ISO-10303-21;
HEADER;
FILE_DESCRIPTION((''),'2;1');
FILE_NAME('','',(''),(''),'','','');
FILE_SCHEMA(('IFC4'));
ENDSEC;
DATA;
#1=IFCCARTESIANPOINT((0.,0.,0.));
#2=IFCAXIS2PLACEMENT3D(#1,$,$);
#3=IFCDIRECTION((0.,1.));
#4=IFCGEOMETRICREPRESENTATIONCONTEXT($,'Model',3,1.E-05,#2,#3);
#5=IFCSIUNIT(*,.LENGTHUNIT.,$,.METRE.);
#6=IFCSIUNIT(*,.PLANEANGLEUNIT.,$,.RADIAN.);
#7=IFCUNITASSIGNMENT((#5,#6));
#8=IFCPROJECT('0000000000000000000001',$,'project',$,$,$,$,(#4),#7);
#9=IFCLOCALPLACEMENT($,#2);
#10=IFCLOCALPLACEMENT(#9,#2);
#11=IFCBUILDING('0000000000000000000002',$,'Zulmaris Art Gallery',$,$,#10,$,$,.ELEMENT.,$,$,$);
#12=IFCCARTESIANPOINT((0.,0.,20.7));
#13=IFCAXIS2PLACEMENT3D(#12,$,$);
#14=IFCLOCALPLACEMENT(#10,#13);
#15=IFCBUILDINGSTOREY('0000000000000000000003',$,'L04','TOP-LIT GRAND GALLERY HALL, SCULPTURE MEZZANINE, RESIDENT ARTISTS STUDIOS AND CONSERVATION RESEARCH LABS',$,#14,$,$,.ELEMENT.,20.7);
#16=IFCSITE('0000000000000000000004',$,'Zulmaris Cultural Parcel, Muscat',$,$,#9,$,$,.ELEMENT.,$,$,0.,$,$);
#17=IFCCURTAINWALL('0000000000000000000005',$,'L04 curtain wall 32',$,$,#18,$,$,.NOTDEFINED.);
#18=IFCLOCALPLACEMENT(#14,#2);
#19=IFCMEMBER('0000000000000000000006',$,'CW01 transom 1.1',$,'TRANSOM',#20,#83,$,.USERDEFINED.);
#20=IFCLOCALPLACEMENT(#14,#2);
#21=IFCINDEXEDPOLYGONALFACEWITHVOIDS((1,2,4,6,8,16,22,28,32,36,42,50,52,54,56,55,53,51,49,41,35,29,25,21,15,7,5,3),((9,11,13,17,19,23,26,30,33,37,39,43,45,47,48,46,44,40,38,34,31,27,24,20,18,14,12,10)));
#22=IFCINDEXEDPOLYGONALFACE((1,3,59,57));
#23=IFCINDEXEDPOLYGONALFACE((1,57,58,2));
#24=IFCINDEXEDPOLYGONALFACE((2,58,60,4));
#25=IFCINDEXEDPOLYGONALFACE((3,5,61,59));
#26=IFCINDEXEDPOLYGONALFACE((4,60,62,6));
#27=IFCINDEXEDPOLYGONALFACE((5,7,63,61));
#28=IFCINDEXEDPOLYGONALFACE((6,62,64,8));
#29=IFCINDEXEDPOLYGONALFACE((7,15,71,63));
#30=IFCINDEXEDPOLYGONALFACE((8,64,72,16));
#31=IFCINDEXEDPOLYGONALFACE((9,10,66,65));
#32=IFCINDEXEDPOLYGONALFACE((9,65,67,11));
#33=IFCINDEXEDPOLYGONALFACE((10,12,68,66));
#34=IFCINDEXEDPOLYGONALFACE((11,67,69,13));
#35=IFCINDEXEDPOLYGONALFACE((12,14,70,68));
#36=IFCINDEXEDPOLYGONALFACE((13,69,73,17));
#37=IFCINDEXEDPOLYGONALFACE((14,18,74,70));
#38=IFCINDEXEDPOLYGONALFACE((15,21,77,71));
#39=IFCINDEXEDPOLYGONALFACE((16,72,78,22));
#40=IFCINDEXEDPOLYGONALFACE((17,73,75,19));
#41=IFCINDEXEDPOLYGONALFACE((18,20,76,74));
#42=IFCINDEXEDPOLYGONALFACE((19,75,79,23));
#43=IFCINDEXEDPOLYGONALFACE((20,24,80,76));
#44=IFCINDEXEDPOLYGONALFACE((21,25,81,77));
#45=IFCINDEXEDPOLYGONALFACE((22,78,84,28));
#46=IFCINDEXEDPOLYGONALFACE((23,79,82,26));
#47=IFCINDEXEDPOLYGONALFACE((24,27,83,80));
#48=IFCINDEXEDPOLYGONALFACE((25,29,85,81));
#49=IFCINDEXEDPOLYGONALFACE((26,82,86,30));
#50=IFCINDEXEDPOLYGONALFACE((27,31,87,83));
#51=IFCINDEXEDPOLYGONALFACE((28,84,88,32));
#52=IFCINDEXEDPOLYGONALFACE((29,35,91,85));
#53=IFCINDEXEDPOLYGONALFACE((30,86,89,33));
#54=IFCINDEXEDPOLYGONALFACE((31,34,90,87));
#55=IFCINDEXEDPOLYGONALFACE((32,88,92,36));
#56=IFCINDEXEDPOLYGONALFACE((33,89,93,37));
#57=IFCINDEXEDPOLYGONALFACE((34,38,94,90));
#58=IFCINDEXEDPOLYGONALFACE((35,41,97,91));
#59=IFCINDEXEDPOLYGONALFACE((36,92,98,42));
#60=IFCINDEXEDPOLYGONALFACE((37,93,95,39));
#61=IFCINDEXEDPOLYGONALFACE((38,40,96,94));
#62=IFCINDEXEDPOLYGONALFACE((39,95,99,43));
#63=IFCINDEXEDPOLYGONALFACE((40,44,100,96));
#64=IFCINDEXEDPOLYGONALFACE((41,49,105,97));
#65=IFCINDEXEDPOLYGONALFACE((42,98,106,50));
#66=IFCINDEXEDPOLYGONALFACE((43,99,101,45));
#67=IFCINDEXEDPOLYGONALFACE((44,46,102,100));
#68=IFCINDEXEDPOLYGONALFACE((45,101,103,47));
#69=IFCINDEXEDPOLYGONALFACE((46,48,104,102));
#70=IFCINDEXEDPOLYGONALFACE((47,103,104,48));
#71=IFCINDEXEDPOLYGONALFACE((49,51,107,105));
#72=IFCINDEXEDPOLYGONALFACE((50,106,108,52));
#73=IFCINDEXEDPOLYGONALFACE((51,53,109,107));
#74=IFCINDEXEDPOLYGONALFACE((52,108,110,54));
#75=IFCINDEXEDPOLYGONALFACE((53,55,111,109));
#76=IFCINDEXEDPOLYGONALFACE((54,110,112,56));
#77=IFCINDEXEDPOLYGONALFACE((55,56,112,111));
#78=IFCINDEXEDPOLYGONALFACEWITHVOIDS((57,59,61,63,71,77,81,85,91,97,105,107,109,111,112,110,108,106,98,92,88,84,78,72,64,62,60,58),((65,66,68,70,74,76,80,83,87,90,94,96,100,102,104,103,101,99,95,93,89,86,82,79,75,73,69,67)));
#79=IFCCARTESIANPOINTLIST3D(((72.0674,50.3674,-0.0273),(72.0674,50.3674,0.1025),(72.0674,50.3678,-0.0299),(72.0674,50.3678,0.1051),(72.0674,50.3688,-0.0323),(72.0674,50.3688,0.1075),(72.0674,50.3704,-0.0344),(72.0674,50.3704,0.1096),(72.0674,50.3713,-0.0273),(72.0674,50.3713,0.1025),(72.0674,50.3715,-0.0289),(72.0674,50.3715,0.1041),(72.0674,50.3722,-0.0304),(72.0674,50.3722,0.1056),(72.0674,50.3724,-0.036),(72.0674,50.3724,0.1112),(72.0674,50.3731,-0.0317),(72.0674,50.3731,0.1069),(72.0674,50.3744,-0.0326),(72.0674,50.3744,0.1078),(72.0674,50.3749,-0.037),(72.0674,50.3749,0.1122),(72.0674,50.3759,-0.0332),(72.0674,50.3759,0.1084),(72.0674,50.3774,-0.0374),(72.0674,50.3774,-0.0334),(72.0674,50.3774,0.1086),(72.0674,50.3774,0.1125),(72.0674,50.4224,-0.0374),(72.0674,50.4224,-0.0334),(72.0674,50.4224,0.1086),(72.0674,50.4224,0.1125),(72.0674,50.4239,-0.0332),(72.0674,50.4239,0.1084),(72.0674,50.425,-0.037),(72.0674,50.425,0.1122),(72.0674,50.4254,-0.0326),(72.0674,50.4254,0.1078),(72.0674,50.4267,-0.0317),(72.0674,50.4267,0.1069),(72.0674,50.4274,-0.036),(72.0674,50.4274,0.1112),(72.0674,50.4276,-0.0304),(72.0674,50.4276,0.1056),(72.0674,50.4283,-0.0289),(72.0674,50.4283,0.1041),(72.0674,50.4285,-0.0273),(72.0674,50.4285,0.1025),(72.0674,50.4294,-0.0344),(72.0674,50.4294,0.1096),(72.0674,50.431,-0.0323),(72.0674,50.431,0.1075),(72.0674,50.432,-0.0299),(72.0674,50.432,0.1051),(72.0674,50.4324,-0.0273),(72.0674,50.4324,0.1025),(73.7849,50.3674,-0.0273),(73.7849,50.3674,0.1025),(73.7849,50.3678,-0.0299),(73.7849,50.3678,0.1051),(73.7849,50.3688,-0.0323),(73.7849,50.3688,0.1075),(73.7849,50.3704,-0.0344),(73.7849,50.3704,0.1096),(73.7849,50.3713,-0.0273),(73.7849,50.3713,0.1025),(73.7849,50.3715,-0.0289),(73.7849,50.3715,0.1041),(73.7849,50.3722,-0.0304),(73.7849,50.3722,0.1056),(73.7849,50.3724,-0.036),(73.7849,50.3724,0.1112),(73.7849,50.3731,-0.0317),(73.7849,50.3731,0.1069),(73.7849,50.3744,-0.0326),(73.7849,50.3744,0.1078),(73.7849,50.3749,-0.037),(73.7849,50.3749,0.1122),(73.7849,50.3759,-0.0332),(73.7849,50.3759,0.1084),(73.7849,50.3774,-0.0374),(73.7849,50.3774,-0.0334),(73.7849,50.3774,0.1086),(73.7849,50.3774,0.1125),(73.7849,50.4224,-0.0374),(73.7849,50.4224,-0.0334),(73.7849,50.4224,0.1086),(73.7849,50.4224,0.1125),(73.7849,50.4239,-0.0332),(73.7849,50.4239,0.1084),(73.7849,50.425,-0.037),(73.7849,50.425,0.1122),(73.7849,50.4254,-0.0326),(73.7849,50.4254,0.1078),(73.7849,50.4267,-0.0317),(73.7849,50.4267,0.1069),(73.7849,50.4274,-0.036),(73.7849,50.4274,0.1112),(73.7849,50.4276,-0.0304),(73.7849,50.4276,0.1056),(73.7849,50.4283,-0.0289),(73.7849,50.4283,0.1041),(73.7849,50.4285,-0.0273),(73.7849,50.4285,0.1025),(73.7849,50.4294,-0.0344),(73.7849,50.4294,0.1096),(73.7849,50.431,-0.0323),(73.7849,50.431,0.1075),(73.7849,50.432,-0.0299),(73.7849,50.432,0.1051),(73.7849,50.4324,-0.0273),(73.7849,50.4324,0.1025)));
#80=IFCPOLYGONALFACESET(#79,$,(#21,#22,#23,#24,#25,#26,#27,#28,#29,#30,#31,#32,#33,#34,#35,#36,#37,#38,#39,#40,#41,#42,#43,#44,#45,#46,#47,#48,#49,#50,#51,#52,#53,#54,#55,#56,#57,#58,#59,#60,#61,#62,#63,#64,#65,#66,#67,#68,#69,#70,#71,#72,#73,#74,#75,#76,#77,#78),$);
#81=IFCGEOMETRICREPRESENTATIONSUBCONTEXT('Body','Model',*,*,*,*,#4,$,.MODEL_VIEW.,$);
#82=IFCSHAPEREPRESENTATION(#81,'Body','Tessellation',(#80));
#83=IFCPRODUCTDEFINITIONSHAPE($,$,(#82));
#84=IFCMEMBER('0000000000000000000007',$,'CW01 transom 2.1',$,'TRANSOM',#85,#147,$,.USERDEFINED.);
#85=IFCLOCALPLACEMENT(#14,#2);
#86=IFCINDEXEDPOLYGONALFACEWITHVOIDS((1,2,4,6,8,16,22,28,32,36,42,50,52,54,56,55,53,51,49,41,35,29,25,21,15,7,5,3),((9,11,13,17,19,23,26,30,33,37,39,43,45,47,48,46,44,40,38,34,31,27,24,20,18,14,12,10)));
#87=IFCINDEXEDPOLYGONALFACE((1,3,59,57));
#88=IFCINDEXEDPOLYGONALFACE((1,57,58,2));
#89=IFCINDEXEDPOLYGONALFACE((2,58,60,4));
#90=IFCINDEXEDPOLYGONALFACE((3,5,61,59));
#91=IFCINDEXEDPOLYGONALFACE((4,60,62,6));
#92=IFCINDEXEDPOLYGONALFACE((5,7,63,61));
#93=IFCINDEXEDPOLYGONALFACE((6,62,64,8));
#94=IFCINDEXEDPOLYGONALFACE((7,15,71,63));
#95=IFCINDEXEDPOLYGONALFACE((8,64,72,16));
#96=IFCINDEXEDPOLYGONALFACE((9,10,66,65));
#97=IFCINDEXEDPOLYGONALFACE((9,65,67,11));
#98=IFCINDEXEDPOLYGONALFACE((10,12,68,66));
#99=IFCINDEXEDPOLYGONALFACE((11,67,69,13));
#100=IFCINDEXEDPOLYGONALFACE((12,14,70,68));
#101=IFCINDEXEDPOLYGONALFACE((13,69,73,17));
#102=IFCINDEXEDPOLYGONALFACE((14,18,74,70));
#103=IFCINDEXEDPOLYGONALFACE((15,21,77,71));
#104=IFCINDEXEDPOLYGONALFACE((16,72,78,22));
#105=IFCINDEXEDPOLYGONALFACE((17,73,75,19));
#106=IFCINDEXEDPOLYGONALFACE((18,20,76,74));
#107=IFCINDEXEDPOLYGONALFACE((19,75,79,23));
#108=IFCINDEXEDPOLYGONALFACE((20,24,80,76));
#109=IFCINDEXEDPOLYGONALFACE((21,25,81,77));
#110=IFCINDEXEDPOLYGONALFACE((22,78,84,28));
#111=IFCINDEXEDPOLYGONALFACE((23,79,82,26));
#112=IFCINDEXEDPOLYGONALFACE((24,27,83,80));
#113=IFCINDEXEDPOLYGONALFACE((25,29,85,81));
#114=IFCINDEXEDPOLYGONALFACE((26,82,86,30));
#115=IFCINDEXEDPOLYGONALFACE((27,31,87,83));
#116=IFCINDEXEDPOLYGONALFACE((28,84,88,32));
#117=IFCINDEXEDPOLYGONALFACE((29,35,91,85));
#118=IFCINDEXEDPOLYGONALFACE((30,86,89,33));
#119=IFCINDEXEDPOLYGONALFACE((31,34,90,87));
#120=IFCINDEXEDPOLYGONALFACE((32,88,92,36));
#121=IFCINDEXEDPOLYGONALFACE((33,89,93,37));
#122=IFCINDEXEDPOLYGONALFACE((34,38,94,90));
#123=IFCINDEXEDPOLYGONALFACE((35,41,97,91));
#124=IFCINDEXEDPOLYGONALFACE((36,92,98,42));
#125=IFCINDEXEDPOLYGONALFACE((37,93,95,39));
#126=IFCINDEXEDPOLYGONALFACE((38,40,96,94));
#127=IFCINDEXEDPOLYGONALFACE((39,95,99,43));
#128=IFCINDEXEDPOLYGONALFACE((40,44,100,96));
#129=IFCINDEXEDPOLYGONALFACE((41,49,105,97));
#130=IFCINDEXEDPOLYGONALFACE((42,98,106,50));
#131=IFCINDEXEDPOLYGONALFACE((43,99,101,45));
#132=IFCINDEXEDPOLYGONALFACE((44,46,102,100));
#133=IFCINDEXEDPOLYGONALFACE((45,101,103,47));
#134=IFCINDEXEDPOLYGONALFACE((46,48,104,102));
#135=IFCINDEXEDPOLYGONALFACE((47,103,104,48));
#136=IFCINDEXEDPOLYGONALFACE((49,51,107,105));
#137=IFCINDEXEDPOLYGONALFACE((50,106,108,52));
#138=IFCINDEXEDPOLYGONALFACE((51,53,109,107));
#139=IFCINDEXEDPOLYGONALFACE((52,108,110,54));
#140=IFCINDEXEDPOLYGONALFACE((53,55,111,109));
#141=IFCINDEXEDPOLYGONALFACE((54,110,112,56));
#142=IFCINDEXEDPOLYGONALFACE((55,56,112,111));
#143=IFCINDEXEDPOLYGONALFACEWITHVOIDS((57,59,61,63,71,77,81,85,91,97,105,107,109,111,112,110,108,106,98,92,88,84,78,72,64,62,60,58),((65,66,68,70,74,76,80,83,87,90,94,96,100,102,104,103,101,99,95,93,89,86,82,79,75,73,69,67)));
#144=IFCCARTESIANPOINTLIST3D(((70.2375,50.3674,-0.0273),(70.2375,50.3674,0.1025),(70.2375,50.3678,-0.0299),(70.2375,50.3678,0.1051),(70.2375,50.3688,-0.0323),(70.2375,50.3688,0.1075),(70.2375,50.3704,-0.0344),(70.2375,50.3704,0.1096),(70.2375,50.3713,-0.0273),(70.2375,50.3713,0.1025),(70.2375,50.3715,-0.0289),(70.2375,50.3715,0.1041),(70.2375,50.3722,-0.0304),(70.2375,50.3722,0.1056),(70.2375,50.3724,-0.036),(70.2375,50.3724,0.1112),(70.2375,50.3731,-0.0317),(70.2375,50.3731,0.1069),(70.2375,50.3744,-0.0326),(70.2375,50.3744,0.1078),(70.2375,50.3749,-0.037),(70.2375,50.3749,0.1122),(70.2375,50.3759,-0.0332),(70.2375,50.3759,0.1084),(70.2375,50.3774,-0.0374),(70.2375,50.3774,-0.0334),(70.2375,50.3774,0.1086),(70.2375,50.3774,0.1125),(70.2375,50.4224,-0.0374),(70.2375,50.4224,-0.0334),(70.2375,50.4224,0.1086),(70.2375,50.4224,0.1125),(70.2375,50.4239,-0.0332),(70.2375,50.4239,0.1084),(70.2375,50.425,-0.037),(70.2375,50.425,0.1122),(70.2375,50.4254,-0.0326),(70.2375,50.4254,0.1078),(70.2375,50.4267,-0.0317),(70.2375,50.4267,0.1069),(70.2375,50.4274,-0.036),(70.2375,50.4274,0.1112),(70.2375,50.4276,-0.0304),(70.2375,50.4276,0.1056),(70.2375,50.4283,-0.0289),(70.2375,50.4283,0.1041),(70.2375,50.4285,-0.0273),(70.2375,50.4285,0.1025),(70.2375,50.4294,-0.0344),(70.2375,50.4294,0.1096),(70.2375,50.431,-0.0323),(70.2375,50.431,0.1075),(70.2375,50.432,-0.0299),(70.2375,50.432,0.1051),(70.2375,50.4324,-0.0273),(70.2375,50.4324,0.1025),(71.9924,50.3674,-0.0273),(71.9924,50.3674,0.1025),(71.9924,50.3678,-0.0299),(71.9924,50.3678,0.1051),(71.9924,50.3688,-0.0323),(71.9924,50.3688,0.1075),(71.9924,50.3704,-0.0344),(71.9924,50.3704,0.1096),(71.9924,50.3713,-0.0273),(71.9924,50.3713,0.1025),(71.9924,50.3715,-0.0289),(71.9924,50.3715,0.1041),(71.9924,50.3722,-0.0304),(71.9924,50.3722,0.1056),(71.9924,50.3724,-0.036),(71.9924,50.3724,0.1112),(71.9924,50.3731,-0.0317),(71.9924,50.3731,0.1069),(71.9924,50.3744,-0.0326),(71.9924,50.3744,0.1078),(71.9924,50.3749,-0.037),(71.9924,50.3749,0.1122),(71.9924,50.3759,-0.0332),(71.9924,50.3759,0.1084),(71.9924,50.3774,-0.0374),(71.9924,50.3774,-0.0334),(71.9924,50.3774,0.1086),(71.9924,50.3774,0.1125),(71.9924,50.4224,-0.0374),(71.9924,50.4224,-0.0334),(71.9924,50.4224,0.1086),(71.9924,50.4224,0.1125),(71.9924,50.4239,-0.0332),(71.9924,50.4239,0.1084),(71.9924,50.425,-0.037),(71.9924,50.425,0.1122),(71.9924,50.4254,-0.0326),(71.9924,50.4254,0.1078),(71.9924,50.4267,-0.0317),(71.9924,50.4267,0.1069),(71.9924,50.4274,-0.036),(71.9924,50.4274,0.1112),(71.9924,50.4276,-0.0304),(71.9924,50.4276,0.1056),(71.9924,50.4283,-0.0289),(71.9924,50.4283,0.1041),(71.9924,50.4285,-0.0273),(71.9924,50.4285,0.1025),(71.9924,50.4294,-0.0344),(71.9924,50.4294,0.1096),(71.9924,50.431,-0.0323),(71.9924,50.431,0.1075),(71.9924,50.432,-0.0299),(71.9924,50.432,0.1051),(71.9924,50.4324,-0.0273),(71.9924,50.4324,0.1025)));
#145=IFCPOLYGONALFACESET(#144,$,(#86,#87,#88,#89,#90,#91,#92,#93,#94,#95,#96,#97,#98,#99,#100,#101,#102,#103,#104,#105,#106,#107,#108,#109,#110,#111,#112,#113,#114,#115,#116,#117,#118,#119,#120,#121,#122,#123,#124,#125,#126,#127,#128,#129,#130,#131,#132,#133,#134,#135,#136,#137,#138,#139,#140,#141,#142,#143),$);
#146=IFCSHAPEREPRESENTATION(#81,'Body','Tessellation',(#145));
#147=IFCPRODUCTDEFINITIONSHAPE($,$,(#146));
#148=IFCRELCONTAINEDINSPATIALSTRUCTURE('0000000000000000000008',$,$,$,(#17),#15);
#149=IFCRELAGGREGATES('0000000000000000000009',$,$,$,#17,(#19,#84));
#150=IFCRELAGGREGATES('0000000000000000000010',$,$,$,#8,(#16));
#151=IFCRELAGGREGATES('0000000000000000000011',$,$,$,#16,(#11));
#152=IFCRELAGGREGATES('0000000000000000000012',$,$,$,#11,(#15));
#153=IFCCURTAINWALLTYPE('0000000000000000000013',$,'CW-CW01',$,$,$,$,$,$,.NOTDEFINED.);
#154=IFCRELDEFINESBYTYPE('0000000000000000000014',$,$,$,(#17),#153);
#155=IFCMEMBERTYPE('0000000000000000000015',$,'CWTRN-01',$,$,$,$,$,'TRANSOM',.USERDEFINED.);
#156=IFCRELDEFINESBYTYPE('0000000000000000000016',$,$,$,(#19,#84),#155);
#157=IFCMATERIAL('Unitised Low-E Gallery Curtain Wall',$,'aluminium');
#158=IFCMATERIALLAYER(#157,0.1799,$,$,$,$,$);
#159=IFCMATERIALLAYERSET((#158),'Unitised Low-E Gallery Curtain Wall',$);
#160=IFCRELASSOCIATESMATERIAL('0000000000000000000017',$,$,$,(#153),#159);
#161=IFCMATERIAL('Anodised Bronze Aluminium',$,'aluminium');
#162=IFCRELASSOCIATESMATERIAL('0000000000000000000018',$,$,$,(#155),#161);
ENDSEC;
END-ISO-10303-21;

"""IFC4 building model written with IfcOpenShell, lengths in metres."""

from ifc_helpers import new_model, si_unit, direction, frame, origin, origin_2d, place, context, subcontext, project, spatial, hollow_rectangle, extrude, material, layer, layer_set, material_profile, profile_set, type_object, element, aggregate, save


model = new_model("IFC4")

# Units and contexts
model_context = context("Model", 3, precision=1e-05, world=origin(), true_north=direction((0.0, 1.0)))
body_context = subcontext(model_context, "Body", "Model", "MODEL_VIEW")
ifc_project = project(units=[si_unit("LENGTHUNIT", "METRE"), si_unit("PLANEANGLEUNIT", "RADIAN")], contexts=[model_context])

# Site, building, storey
site_placement = place(None, origin())
site = spatial("IfcSite", under=ifc_project, at=site_placement, Name="Zulmaris Cultural Parcel, Muscat", CompositionType="ELEMENT", RefElevation=0.0)
building_placement = place(site_placement, origin())
building = spatial("IfcBuilding", under=site, at=building_placement, Name="Zulmaris Art Gallery", CompositionType="ELEMENT")
storey_placement = place(building_placement, frame((0.0, 0.0, 20.7)))
storey = spatial("IfcBuildingStorey", under=building, at=storey_placement, Name="L04", Description="TOP-LIT GRAND GALLERY HALL, SCULPTURE MEZZANINE, RESIDENT ARTISTS STUDIOS AND CONSERVATION RESEARCH LABS", CompositionType="ELEMENT", Elevation=20.7)

# Curtain wall, members
ifc_material_1 = material(Name="Unitised Low-E Gallery Curtain Wall", Category="aluminium")
ifc_layer_1 = layer(ifc_material_1, 0.1799)
ifc_layer_set_1 = layer_set([ifc_layer_1], Name="Unitised Low-E Gallery Curtain Wall")
curtain_wall_type = type_object("IfcCurtainWallType", Name="CW-CW01", PredefinedType="NOTDEFINED", material=ifc_layer_set_1)
curtain_wall_placement = place(storey_placement, origin())
curtain_wall = element("IfcCurtainWall", 1, at=curtain_wall_placement, inside=storey, type_object=curtain_wall_type, Name="L04 curtain wall 32", PredefinedType="NOTDEFINED")
ifc_material_2 = material(Name="Anodised Bronze Aluminium", Category="aluminium")
ifc_material_profile_1 = material_profile(ifc_material_2, hollow_rectangle(XDim=0.0649, YDim=0.1499, WallThickness=0.0039, InnerFilletRadius=0.0061, OuterFilletRadius=0.01, at=origin_2d()), Name="ALU 65x150x4")
ifc_profile_set_1 = profile_set([ifc_material_profile_1], Name="Anodised Bronze Aluminium")
member_type_1 = type_object("IfcMemberType", Name="CWTRN-01", ElementType="TRANSOM", PredefinedType="USERDEFINED", material=ifc_profile_set_1)
member_1_placement = place(storey_placement, frame((73.7849, 50.3999, 0.0376), z_axis=(-1.0, 0.0, 0.0), x_axis=(0.0, -1.0, 0.0)))
member_1 = element("IfcMember", 2, at=member_1_placement, type_object=member_type_1, Name="CW01 transom 1.1", ObjectType="TRANSOM", PredefinedType="USERDEFINED", context=body_context, shape_type="SweptSolid", body=[
    extrude(hollow_rectangle(XDim=0.0649, YDim=0.1499, WallThickness=0.0039, InnerFilletRadius=0.0061, OuterFilletRadius=0.01, at=origin_2d()), origin(), (0.0, 0.0, 1.0), 1.7175),
])
member_2_placement = place(storey_placement, frame((71.9924, 50.3999, 0.0376), z_axis=(-1.0, 0.0, 0.0), x_axis=(0.0, -1.0, 0.0)))
member_2 = element("IfcMember", 3, at=member_2_placement, type_object=member_type_1, Name="CW01 transom 2.1", ObjectType="TRANSOM", PredefinedType="USERDEFINED", context=body_context, shape_type="SweptSolid", body=[
    extrude(hollow_rectangle(XDim=0.0649, YDim=0.1499, WallThickness=0.0039, InnerFilletRadius=0.0061, OuterFilletRadius=0.01, at=origin_2d()), origin(), (0.0, 0.0, 1.0), 1.7549),
])
aggregate(curtain_wall, [member_1, member_2])

save(model, "model.ifc")
